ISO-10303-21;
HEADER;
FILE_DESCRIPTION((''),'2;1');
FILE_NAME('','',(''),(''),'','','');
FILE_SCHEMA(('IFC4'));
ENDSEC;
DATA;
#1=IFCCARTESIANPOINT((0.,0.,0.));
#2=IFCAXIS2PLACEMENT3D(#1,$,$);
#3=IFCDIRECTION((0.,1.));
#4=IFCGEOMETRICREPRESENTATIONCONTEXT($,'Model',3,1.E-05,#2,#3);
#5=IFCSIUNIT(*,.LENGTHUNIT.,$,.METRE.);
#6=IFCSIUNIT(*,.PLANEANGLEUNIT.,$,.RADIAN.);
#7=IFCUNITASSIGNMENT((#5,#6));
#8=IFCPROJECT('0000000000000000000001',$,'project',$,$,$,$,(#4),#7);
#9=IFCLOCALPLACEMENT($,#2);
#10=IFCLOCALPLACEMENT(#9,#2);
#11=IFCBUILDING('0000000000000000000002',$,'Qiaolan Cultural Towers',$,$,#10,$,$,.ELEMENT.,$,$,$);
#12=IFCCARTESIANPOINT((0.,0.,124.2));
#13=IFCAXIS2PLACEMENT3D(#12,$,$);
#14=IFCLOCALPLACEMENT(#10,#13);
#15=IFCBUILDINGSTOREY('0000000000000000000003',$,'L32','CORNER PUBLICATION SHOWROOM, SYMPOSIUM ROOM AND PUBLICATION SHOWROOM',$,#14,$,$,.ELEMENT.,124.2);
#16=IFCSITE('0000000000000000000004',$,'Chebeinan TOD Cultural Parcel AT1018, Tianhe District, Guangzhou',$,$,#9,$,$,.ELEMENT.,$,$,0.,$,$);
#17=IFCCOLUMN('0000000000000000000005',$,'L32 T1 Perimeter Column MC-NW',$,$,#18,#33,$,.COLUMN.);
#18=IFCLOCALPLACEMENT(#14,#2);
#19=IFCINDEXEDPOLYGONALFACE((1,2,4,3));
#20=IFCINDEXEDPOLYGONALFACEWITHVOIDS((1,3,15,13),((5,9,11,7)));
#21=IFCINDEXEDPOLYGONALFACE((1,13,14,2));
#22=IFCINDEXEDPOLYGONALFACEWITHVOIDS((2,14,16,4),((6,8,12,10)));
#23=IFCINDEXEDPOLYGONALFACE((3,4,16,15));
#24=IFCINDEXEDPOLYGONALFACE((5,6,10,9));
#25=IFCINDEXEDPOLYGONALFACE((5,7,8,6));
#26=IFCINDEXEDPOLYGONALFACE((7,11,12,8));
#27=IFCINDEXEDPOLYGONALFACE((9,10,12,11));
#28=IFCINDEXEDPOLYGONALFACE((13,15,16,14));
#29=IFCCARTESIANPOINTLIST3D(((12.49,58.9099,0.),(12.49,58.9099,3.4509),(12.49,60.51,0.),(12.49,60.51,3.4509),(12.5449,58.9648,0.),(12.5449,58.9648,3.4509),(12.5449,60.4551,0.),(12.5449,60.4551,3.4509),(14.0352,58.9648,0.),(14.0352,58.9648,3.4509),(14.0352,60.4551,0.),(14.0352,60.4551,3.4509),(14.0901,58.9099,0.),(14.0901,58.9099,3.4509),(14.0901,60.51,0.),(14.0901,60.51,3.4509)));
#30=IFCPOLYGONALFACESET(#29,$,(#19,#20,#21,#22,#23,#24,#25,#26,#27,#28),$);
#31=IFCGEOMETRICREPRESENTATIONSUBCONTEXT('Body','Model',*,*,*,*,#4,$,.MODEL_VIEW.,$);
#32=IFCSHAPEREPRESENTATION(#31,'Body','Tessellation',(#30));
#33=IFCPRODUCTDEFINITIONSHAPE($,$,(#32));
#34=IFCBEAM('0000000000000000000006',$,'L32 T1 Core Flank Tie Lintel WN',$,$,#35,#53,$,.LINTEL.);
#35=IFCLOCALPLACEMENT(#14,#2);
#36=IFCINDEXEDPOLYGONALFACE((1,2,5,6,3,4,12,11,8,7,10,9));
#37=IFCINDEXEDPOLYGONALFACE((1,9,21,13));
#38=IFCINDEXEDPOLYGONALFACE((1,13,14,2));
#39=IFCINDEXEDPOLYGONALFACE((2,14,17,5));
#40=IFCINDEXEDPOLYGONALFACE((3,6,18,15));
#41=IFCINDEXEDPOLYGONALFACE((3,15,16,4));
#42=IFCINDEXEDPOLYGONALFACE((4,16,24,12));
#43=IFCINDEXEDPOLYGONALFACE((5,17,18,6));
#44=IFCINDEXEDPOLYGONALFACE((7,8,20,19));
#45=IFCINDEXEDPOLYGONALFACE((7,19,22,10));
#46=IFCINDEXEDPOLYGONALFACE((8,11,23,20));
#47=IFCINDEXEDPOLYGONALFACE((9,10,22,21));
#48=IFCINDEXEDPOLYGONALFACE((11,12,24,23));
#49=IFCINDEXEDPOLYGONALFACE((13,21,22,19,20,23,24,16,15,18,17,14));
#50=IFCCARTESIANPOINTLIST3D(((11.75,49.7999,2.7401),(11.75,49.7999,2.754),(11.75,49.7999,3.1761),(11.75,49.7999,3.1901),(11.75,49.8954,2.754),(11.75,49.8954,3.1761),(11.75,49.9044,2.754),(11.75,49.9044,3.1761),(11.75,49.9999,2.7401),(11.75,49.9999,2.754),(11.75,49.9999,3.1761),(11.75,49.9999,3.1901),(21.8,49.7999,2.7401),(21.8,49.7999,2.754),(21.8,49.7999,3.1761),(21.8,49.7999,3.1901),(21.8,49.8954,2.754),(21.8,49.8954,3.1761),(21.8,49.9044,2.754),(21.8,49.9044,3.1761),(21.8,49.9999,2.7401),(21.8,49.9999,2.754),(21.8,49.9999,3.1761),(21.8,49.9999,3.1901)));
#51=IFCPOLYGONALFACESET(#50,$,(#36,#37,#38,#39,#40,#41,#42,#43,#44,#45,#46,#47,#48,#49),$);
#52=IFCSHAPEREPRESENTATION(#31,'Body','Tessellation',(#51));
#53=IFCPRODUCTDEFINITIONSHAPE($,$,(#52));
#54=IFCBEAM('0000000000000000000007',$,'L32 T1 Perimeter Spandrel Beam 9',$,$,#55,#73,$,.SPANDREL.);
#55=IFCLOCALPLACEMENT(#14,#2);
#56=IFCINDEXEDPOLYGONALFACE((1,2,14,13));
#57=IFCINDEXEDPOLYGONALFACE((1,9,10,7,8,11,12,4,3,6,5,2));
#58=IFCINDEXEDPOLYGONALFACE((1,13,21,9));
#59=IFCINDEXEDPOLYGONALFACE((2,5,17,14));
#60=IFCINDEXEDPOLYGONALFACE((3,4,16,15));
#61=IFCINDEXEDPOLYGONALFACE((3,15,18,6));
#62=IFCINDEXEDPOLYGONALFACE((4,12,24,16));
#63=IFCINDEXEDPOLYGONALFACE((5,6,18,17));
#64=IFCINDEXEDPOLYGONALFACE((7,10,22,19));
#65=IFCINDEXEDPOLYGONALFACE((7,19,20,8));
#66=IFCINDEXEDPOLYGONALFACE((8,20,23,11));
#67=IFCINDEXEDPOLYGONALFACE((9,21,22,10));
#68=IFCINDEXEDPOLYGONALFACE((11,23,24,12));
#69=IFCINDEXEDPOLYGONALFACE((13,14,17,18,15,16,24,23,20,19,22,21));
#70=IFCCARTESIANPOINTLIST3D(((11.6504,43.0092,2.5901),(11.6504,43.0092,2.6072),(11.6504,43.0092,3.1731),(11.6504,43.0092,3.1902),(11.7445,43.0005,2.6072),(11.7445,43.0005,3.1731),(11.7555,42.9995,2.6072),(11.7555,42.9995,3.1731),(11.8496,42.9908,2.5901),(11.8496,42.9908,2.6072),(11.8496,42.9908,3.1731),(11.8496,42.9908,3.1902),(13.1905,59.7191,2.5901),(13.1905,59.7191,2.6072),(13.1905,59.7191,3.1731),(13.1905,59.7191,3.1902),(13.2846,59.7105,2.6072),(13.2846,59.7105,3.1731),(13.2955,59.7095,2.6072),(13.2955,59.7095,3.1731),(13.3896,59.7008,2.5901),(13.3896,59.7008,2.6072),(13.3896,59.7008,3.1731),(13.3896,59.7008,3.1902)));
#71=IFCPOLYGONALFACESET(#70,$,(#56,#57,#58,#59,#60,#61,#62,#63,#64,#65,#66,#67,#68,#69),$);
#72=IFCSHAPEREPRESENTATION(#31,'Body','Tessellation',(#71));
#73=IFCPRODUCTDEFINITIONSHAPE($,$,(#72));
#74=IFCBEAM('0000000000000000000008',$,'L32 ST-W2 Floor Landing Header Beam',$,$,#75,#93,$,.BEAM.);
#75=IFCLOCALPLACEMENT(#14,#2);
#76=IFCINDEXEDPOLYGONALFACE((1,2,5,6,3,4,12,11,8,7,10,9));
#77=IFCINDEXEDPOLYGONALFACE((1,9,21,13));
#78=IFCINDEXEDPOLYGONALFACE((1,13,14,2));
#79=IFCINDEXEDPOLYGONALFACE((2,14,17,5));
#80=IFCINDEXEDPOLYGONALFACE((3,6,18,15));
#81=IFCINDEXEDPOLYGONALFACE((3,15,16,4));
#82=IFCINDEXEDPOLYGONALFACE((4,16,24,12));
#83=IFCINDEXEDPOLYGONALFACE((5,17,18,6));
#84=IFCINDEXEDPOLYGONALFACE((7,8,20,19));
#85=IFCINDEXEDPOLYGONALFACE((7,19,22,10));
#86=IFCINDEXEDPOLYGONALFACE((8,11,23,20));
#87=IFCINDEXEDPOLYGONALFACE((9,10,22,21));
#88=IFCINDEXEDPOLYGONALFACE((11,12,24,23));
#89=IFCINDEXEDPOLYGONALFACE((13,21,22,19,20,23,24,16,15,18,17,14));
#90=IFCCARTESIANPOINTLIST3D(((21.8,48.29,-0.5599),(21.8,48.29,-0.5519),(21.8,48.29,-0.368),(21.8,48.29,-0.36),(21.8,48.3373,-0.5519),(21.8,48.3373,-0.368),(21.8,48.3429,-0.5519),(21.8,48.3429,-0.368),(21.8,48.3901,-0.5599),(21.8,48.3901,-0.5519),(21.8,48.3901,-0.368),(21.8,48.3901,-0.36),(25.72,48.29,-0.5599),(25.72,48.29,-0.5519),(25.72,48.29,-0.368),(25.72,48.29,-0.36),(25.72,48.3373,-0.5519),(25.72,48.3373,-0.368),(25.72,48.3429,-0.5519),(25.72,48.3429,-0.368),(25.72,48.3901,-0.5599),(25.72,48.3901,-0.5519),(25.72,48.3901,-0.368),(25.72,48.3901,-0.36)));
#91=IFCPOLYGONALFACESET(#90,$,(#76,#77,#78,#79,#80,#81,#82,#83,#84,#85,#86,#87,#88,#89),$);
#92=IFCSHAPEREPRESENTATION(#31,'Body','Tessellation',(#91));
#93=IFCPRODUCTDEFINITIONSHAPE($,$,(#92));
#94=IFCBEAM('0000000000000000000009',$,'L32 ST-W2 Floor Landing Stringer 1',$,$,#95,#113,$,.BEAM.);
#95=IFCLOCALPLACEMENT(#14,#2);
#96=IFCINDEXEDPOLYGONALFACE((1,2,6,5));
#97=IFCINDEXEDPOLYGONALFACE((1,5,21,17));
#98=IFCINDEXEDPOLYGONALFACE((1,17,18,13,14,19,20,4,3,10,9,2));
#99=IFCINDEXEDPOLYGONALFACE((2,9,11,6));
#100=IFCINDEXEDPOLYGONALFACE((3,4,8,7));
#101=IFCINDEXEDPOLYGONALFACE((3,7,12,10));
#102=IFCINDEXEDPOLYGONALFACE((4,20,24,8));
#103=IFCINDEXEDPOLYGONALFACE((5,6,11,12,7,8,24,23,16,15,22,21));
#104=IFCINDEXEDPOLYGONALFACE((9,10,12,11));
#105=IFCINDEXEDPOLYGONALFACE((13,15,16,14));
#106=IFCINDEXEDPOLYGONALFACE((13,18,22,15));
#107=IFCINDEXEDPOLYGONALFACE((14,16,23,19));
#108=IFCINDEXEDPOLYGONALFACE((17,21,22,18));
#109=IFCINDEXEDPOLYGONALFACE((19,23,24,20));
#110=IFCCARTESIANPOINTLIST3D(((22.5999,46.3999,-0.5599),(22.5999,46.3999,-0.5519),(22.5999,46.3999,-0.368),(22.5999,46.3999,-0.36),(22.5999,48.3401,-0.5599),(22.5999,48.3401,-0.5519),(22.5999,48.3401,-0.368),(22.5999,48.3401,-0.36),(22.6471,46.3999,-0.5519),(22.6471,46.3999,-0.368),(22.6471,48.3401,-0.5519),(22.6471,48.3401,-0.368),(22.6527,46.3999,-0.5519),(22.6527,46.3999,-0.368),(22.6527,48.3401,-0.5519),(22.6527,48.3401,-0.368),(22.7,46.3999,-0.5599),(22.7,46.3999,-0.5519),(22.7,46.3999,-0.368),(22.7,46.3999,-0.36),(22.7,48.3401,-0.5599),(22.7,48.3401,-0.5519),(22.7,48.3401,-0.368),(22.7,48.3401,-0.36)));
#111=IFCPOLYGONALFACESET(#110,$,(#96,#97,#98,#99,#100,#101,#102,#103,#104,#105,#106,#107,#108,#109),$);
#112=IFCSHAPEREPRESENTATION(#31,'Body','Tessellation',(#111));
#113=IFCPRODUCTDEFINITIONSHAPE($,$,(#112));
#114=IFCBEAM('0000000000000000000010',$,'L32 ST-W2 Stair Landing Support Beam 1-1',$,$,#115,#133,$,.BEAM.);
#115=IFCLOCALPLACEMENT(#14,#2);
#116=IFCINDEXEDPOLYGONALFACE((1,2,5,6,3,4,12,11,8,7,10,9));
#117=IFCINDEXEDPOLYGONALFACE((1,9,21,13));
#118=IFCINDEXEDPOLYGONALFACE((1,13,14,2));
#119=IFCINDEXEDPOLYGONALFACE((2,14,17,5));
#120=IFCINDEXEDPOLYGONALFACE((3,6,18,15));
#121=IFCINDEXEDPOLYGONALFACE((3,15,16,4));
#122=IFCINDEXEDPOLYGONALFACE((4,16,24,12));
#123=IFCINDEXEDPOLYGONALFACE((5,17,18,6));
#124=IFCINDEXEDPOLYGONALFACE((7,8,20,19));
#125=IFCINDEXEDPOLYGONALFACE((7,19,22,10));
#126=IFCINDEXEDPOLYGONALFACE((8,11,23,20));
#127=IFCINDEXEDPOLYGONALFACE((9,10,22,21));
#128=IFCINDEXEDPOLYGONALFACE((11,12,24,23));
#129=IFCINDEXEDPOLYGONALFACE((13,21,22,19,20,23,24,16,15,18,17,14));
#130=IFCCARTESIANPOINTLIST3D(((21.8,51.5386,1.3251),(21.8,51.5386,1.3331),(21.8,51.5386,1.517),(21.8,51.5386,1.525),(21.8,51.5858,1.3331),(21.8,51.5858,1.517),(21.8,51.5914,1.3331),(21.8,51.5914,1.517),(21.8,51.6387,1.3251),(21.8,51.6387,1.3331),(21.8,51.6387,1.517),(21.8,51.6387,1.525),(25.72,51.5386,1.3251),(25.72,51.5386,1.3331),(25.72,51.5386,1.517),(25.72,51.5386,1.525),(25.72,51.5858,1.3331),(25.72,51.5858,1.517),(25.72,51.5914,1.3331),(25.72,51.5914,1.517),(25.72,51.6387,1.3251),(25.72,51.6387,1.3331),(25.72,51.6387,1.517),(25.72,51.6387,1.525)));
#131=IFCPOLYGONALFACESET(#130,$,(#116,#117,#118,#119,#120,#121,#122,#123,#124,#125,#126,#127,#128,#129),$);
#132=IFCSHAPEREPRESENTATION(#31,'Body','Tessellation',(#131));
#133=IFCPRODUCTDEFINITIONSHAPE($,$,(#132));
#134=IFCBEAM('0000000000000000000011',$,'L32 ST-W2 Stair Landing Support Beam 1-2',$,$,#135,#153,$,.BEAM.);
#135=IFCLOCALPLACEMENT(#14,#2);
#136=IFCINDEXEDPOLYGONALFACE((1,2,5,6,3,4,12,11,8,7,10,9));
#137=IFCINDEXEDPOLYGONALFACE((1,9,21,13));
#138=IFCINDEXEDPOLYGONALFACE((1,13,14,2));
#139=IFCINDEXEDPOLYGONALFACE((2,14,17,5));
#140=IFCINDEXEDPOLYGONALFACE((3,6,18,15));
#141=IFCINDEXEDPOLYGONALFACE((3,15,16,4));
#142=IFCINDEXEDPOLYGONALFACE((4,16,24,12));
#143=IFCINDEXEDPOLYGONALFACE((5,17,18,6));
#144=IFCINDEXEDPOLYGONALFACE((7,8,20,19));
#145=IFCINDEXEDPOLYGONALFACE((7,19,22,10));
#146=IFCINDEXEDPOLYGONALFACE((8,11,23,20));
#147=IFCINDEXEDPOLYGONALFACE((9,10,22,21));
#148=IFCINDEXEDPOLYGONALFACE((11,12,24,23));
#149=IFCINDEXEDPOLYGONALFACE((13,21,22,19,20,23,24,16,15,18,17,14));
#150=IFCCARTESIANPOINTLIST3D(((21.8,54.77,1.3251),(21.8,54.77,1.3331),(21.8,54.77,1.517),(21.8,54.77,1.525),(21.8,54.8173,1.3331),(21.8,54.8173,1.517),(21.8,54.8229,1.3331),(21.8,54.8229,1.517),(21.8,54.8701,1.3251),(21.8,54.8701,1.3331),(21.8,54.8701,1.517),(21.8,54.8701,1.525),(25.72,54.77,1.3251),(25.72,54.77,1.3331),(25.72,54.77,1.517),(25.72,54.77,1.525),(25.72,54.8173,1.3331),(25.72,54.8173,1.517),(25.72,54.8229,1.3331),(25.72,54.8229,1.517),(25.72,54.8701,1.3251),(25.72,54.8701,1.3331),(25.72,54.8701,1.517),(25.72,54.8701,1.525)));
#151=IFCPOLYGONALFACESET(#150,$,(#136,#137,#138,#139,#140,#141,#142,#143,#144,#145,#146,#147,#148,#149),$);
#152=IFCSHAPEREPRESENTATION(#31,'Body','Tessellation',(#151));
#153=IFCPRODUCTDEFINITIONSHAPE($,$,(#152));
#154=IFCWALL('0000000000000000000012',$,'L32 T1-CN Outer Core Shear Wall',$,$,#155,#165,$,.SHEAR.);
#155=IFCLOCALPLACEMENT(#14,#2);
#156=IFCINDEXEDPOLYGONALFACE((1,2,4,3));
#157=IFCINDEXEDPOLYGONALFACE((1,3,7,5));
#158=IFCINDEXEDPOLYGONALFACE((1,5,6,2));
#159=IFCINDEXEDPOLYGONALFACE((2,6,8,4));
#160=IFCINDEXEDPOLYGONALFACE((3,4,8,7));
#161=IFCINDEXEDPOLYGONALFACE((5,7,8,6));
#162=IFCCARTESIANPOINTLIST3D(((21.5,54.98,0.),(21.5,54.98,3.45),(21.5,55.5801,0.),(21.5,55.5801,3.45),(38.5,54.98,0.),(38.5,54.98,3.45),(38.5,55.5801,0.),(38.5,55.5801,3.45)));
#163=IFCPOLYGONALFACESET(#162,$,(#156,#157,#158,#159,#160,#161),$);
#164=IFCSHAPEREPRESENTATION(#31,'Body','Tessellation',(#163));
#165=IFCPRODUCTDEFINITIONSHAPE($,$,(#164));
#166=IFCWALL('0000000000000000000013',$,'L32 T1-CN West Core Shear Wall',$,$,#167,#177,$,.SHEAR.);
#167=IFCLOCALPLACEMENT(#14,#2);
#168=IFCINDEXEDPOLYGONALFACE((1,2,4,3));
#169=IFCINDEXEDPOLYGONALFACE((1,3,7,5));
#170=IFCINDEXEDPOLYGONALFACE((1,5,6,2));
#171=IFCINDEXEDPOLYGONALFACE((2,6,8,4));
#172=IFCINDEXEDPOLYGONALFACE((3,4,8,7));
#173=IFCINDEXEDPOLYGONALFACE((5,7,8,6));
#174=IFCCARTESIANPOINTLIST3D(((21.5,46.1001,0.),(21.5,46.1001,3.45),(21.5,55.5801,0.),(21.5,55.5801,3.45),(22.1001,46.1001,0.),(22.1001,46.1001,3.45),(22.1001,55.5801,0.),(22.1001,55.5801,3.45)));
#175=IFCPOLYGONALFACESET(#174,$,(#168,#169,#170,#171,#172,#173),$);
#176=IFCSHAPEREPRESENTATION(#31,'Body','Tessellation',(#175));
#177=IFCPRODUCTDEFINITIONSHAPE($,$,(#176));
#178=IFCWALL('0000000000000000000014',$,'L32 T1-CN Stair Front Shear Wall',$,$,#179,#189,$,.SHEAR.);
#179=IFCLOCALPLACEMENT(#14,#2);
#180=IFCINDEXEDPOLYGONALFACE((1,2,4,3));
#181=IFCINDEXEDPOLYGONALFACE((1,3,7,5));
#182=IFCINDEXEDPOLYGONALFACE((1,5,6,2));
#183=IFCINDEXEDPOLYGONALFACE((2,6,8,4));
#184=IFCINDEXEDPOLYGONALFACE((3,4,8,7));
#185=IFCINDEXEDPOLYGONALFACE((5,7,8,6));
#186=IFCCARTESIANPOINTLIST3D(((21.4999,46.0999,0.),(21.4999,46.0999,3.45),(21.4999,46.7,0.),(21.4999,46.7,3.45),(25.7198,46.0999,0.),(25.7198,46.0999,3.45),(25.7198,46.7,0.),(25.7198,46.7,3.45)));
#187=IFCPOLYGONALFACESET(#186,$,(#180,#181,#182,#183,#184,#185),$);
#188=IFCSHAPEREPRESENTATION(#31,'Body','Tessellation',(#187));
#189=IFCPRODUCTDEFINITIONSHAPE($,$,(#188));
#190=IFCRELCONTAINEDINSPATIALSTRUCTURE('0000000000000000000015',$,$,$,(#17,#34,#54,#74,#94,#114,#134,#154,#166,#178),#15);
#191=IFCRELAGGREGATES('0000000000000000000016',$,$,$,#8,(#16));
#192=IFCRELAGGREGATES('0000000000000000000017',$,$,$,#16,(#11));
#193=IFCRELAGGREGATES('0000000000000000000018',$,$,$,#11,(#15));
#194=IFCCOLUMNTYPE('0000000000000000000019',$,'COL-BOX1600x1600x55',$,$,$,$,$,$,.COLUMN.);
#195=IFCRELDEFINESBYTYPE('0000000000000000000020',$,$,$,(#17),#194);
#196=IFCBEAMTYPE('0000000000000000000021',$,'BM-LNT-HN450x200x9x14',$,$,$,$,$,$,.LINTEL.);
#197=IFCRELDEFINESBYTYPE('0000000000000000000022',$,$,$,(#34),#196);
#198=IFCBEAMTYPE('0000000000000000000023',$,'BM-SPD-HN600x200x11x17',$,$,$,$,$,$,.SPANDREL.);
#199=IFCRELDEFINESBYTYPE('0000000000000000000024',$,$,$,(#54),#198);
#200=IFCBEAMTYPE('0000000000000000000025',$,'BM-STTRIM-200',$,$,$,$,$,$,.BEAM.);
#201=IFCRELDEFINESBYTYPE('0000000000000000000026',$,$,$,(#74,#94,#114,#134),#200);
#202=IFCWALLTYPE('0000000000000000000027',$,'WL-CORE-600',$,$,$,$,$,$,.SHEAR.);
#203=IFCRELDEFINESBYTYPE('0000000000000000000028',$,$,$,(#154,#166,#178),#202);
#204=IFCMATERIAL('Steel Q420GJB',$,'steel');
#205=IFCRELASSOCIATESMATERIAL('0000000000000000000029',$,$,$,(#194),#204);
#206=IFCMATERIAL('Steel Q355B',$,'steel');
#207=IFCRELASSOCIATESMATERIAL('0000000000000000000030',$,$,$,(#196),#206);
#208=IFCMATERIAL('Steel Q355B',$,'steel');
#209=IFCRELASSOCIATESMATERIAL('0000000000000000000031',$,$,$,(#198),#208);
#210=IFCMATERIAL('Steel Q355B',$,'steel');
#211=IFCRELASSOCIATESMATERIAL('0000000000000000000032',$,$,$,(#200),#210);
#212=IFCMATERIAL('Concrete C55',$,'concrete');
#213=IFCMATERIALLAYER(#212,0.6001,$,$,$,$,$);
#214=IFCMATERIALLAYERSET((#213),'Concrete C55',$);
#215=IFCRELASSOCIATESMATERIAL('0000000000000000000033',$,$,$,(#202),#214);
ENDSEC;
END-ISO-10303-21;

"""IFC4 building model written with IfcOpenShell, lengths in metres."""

from ifc_helpers import new_model, si_unit, direction, frame, frame_2d, origin, origin_2d, place, context, subcontext, project, spatial, rectangle, hollow_rectangle, i_section, extrude, material, layer, layer_set, material_profile, profile_set, type_object, element, save


model = new_model("IFC4")

# Units and contexts
model_context = context("Model", 3, precision=1e-05, world=origin(), true_north=direction((0.0, 1.0)))
body_context = subcontext(model_context, "Body", "Model", "MODEL_VIEW")
ifc_project = project(units=[si_unit("LENGTHUNIT", "METRE"), si_unit("PLANEANGLEUNIT", "RADIAN")], contexts=[model_context])

# Site, building, storey
site_placement = place(None, origin())
site = spatial("IfcSite", under=ifc_project, at=site_placement, Name="Chebeinan TOD Cultural Parcel AT1018, Tianhe District, Guangzhou", CompositionType="ELEMENT", RefElevation=0.0)
building_placement = place(site_placement, origin())
building = spatial("IfcBuilding", under=site, at=building_placement, Name="Qiaolan Cultural Towers", CompositionType="ELEMENT")
storey_placement = place(building_placement, frame((0.0, 0.0, 124.2)))
storey = spatial("IfcBuildingStorey", under=building, at=storey_placement, Name="L32", Description="CORNER PUBLICATION SHOWROOM, SYMPOSIUM ROOM AND PUBLICATION SHOWROOM", CompositionType="ELEMENT", Elevation=124.2)

# Column
ifc_material_1 = material(Name="Steel Q420GJB", Category="steel")
ifc_material_profile_1 = material_profile(ifc_material_1, hollow_rectangle(XDim=1.6001, YDim=1.6001, WallThickness=0.0549, at=origin_2d()), Name="BOX1600x1600x55")
ifc_profile_set_1 = profile_set([ifc_material_profile_1], Name="Steel Q420GJB")
column_type = type_object("IfcColumnType", Name="COL-BOX1600x1600x55", PredefinedType="COLUMN", material=ifc_profile_set_1)
column_placement = place(storey_placement, frame((13.29, 59.71, 0.0), z_axis=(0.0, 0.0, 1.0), x_axis=(1.0, 0.0, 0.0)))
element("IfcColumn", 1, at=column_placement, inside=storey, type_object=column_type, Name="L32 T1 Perimeter Column MC-NW", PredefinedType="COLUMN", context=body_context, shape_type="SweptSolid", body=[
    extrude(hollow_rectangle(XDim=1.6001, YDim=1.6001, WallThickness=0.0549, at=origin_2d()), origin(), (0.0, 0.0, 1.0), 3.4509),
])

# Beams
ifc_material_2 = material(Name="Steel Q355B", Category="steel")
ifc_material_profile_2 = material_profile(ifc_material_2, i_section(OverallWidth=0.2, OverallDepth=0.45, WebThickness=0.009, FlangeThickness=0.0139, at=origin_2d()), Name="HN450x200x9x14")
ifc_profile_set_2 = profile_set([ifc_material_profile_2], Name="Steel Q355B")
beam_type_1 = type_object("IfcBeamType", Name="BM-LNT-HN450x200x9x14", PredefinedType="LINTEL", material=ifc_profile_set_2)
beam_1_placement = place(storey_placement, frame((21.8, 49.8999, 2.9651), z_axis=(-1.0, 0.0, 0.0), x_axis=(0.0, -1.0, 0.0)))
element("IfcBeam", 2, at=beam_1_placement, inside=storey, type_object=beam_type_1, Name="L32 T1 Core Flank Tie Lintel WN", PredefinedType="LINTEL", context=body_context, shape_type="SweptSolid", body=[
    extrude(i_section(OverallWidth=0.2, OverallDepth=0.45, WebThickness=0.009, FlangeThickness=0.0139, at=origin_2d()), origin(), (0.0, 0.0, 1.0), 10.05),
])
ifc_material_3 = material(Name="Steel Q355B", Category="steel")
ifc_material_profile_3 = material_profile(ifc_material_3, i_section(OverallWidth=0.2, OverallDepth=0.6001, WebThickness=0.011, FlangeThickness=0.0171, at=origin_2d()), Name="HN600x200x11x17")
ifc_profile_set_3 = profile_set([ifc_material_profile_3], Name="Steel Q355B")
beam_type_2 = type_object("IfcBeamType", Name="BM-SPD-HN600x200x11x17", PredefinedType="SPANDREL", material=ifc_profile_set_3)
beam_2_placement = place(storey_placement, frame((13.29, 59.71, 2.8901), z_axis=(-0.091774, -0.99578, 0.0), x_axis=(0.99578, -0.091774, 0.0)))
element("IfcBeam", 3, at=beam_2_placement, inside=storey, type_object=beam_type_2, Name="L32 T1 Perimeter Spandrel Beam 9", PredefinedType="SPANDREL", context=body_context, shape_type="SweptSolid", body=[
    extrude(i_section(OverallWidth=0.2, OverallDepth=0.6001, WebThickness=0.011, FlangeThickness=0.0171, at=origin_2d()), origin(), (0.0, 0.0, 1.0), 16.7808),
])
ifc_material_4 = material(Name="Steel Q355B", Category="steel")
ifc_material_profile_4 = material_profile(ifc_material_4, i_section(OverallWidth=0.1001, OverallDepth=0.2, WebThickness=0.0056, FlangeThickness=0.0081, at=origin_2d()), Name="HN200x100x5.5x8")
ifc_profile_set_4 = profile_set([ifc_material_profile_4], Name="Steel Q355B")
beam_type_3 = type_object("IfcBeamType", Name="BM-STTRIM-200", PredefinedType="BEAM", material=ifc_profile_set_4)
beam_3_placement = place(storey_placement, frame((21.8, 48.3401, -0.46), z_axis=(1.0, 0.0, 0.0), x_axis=(0.0, 1.0, 0.0)))
element("IfcBeam", 4, at=beam_3_placement, inside=storey, type_object=beam_type_3, Name="L32 ST-W2 Floor Landing Header Beam", PredefinedType="BEAM", context=body_context, shape_type="SweptSolid", body=[
    extrude(i_section(OverallWidth=0.1001, OverallDepth=0.2, WebThickness=0.0056, FlangeThickness=0.0081, at=origin_2d()), origin(), (0.0, 0.0, 1.0), 3.9199),
])
beam_4_placement = place(storey_placement, frame((22.6499, 46.3999, -0.46), z_axis=(0.0, 1.0, 0.0), x_axis=(-1.0, 0.0, 0.0)))
element("IfcBeam", 5, at=beam_4_placement, inside=storey, type_object=beam_type_3, Name="L32 ST-W2 Floor Landing Stringer 1", PredefinedType="BEAM", context=body_context, shape_type="SweptSolid", body=[
    extrude(i_section(OverallWidth=0.1001, OverallDepth=0.2, WebThickness=0.0056, FlangeThickness=0.0081, at=origin_2d()), origin(), (0.0, 0.0, 1.0), 1.9402),
])
for number, where, z_axis, x_axis, name in (
    (6, (21.8, 51.5886, 1.425), (1.0, 0.0, 0.0), (0.0, 1.0, 0.0), "L32 ST-W2 Stair Landing Support Beam 1-1"),
    (7, (21.8, 54.8201, 1.425), (1.0, 0.0, 0.0), (0.0, 1.0, 0.0), "L32 ST-W2 Stair Landing Support Beam 1-2"),
):
    element("IfcBeam", number, at=place(storey_placement, frame(where, z_axis=z_axis, x_axis=x_axis)), inside=storey, type_object=beam_type_3, Name=name, PredefinedType="BEAM", context=body_context, shape_type="SweptSolid", body=[
        extrude(i_section(OverallWidth=0.1001, OverallDepth=0.2, WebThickness=0.0056, FlangeThickness=0.0081, at=origin_2d()), origin(), (0.0, 0.0, 1.0), 3.9199),
    ])

# Walls
ifc_material_5 = material(Name="Concrete C55", Category="concrete")
ifc_layer_1 = layer(ifc_material_5, 0.6001)
ifc_layer_set_1 = layer_set([ifc_layer_1], Name="Concrete C55")
wall_type_1 = type_object("IfcWallType", Name="WL-CORE-600", PredefinedType="SHEAR", material=ifc_layer_set_1)
wall_1_placement = place(storey_placement, frame((21.5, 55.28, 0.0), z_axis=(0.0, 0.0, 1.0), x_axis=(1.0, 0.0, 0.0)))
element("IfcWall", 8, at=wall_1_placement, inside=storey, type_object=wall_type_1, Name="L32 T1-CN Outer Core Shear Wall", PredefinedType="SHEAR", context=body_context, shape_type="SweptSolid", body=[
    extrude(rectangle(XDim=17.0, YDim=0.6001, at=frame_2d((8.5, 0.0))), origin(), (0.0, 0.0, 1.0), 3.45),
])
wall_2_placement = place(storey_placement, frame((21.8, 46.1001, 0.0), z_axis=(0.0, 0.0, 1.0), x_axis=(0.0, 1.0, 0.0)))
element("IfcWall", 9, at=wall_2_placement, inside=storey, type_object=wall_type_1, Name="L32 T1-CN West Core Shear Wall", PredefinedType="SHEAR", context=body_context, shape_type="SweptSolid", body=[
    extrude(rectangle(XDim=9.48, YDim=0.6001, at=frame_2d((4.74, 0.0))), origin(), (0.0, 0.0, 1.0), 3.45),
])
wall_3_placement = place(storey_placement, frame((21.5, 46.3999, 0.0), z_axis=(0.0, 0.0, 1.0), x_axis=(1.0, 0.0, 0.0)))
element("IfcWall", 10, at=wall_3_placement, inside=storey, type_object=wall_type_1, Name="L32 T1-CN Stair Front Shear Wall", PredefinedType="SHEAR", context=body_context, shape_type="SweptSolid", body=[
    extrude(rectangle(XDim=4.22, YDim=0.6001, at=frame_2d((2.1099, 0.0))), origin(), (0.0, 0.0, 1.0), 3.45),
])

save(model, "model.ifc")
